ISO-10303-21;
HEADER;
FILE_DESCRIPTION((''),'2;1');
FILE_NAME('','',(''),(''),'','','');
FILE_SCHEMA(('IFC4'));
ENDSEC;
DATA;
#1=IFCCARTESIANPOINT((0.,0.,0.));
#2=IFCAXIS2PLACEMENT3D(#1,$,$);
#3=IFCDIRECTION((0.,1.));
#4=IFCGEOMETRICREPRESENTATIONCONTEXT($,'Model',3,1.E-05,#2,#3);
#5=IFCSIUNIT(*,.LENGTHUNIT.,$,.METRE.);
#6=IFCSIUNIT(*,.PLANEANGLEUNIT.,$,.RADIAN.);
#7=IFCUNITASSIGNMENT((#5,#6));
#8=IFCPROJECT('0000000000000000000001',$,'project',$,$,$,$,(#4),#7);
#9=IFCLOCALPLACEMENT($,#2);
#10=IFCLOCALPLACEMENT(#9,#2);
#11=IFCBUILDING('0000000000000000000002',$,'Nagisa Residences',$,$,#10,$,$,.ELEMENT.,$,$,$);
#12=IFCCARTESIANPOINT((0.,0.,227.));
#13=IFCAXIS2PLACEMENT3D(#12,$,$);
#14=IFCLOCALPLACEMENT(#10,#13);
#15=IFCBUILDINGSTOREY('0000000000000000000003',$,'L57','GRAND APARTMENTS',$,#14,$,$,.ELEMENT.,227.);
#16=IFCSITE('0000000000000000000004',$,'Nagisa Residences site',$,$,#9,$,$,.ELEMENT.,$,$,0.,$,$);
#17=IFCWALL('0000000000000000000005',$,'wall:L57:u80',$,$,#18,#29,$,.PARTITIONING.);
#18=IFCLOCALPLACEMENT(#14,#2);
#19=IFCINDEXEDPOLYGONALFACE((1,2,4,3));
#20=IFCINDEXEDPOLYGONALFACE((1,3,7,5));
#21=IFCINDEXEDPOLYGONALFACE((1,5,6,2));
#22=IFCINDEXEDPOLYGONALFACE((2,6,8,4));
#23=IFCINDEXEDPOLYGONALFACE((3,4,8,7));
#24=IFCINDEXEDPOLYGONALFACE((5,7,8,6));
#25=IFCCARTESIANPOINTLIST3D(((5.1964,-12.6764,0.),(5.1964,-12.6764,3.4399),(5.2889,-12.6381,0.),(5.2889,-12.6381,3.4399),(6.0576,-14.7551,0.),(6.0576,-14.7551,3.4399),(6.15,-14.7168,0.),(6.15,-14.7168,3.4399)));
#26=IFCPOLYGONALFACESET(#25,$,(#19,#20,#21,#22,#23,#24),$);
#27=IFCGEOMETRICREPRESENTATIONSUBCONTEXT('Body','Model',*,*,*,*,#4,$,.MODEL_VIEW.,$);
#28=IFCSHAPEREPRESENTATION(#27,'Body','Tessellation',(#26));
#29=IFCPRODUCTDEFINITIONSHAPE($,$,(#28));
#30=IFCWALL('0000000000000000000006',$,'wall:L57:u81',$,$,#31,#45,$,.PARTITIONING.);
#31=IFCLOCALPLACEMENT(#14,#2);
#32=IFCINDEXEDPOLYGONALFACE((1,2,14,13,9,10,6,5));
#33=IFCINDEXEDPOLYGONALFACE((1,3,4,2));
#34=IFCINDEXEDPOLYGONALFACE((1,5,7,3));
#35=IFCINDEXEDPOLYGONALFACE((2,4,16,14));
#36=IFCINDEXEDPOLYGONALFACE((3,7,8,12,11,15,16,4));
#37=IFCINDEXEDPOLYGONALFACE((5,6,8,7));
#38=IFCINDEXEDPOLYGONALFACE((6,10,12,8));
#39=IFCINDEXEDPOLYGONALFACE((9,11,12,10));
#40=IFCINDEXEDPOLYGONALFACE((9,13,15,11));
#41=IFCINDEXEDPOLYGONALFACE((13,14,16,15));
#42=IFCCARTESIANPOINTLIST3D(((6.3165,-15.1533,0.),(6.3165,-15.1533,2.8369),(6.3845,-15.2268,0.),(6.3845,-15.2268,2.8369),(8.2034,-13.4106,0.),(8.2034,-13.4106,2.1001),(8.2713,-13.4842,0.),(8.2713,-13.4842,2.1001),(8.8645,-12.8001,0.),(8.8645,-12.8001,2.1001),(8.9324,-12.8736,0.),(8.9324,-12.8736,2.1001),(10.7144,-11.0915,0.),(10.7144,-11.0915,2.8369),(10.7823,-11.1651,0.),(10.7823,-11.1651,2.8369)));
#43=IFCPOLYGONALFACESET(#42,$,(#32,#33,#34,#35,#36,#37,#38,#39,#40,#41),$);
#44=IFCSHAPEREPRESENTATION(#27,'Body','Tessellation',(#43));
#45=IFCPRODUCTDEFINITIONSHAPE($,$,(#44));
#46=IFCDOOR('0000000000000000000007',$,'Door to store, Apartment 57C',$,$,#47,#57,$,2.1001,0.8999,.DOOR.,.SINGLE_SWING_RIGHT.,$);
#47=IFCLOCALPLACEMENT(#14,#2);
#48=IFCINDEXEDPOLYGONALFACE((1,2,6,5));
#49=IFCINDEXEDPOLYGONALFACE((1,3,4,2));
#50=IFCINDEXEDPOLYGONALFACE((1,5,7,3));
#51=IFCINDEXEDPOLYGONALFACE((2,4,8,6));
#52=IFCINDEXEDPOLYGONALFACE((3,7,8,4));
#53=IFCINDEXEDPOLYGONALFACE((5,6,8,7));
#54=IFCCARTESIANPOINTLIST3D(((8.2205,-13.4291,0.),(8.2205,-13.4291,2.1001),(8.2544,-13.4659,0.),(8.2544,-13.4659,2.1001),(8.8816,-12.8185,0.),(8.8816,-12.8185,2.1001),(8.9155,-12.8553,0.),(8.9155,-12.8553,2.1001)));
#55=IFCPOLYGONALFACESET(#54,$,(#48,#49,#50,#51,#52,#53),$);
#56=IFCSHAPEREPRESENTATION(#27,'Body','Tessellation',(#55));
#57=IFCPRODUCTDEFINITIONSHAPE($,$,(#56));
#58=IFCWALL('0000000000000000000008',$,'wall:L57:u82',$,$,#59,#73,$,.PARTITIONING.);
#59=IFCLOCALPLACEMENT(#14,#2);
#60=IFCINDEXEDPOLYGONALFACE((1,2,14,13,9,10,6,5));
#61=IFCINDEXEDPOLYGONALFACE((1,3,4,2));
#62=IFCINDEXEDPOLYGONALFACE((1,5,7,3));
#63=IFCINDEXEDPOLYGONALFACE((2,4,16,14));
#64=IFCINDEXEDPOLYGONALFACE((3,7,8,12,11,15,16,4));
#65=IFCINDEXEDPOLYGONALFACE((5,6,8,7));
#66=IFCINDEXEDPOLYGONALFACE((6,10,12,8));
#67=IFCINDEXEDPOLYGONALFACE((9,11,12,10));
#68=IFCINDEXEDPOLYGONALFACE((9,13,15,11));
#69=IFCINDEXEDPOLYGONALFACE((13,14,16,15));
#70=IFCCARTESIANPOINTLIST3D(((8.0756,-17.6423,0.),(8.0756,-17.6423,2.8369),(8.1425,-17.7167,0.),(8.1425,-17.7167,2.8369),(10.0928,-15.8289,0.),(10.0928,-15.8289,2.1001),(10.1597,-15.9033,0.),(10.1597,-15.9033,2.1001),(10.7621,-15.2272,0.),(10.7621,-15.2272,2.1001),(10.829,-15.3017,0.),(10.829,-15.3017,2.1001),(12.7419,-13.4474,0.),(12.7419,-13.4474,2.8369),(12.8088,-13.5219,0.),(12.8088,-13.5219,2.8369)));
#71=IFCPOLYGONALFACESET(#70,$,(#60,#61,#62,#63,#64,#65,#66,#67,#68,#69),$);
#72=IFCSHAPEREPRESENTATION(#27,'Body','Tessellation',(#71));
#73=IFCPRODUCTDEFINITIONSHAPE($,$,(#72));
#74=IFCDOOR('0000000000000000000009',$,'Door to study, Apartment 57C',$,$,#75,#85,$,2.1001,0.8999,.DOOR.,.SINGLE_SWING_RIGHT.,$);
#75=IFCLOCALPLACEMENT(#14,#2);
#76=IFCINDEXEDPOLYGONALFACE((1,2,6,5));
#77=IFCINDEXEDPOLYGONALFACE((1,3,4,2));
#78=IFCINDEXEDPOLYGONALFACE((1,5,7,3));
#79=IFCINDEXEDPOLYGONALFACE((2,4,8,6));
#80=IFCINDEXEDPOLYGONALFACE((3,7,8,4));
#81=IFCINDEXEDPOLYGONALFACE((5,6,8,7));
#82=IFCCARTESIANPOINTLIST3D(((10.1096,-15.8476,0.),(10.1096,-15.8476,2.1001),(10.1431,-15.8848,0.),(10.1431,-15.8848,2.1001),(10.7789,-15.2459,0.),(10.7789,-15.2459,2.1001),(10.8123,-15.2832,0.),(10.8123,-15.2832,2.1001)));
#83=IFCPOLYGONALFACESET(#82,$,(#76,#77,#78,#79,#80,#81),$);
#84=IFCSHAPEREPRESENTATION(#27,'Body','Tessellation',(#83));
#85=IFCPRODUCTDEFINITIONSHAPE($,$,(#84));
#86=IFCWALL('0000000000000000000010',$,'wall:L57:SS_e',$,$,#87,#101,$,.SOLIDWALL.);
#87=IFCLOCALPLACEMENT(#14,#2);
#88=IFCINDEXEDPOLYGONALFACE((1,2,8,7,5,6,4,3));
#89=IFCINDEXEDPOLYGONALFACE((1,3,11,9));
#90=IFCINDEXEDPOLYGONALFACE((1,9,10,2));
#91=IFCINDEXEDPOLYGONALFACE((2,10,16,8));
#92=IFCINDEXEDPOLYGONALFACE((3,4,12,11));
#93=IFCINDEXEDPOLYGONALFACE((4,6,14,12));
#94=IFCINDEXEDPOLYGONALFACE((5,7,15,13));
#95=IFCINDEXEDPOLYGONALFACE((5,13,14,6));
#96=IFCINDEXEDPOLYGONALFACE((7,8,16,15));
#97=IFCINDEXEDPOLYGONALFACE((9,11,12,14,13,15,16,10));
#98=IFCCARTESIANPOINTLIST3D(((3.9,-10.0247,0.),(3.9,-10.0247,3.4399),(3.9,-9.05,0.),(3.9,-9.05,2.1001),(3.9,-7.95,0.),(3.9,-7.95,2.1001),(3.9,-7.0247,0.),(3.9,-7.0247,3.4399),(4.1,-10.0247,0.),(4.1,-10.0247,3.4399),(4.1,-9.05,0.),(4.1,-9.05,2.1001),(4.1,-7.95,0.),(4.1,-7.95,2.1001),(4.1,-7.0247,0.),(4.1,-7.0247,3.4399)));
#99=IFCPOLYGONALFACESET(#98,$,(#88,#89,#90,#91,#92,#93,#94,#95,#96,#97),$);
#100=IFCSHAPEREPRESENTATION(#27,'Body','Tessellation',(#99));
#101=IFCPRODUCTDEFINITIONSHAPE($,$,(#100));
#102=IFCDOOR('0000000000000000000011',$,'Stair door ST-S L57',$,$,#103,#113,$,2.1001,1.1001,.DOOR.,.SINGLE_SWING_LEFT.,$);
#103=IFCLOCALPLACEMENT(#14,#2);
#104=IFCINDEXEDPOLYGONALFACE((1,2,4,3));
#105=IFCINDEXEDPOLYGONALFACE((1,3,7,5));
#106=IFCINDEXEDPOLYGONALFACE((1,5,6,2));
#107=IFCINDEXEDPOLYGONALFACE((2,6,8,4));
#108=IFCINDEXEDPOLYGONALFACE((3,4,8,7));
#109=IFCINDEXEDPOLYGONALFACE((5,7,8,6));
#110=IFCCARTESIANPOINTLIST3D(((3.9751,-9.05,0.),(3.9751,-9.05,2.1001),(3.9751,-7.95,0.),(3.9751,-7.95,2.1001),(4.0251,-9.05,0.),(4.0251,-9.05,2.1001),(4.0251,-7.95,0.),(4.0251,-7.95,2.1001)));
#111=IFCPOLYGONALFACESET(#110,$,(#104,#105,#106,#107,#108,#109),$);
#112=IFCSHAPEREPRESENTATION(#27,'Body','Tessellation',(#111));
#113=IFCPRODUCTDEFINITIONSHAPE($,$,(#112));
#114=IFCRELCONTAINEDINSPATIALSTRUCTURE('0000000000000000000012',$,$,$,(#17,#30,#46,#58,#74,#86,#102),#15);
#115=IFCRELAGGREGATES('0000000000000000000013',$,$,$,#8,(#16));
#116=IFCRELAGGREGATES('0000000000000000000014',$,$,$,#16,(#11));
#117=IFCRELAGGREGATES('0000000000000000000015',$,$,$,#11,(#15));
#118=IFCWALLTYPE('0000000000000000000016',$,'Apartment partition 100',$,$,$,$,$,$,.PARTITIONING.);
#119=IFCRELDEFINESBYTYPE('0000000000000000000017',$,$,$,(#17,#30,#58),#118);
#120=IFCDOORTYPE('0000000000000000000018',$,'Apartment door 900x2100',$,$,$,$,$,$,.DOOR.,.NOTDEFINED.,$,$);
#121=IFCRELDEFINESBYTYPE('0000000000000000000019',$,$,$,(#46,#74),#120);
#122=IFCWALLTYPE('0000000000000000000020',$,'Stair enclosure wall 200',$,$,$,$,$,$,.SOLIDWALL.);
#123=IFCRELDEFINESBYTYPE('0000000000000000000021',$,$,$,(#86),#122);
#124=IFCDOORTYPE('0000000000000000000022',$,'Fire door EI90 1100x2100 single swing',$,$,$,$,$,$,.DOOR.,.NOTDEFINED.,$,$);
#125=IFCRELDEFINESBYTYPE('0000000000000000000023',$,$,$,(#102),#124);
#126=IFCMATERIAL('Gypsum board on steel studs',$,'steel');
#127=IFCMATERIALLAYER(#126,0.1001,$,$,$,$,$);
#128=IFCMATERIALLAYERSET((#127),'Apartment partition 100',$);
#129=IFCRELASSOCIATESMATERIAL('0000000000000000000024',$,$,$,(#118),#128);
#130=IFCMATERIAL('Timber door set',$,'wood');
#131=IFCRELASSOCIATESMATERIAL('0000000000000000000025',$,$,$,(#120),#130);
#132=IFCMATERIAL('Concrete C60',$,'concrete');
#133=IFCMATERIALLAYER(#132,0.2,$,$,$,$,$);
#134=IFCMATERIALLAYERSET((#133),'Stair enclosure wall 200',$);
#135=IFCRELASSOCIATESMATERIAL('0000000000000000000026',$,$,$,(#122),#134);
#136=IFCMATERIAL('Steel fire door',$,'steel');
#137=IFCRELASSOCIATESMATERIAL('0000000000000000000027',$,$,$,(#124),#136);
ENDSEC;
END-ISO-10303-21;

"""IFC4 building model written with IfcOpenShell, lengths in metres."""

from ifc_helpers import new_model, si_unit, direction, frame, frame_2d, origin, place, context, subcontext, project, spatial, rectangle, extrude, material, layer, layer_set, type_object, element, fill, save


model = new_model("IFC4")

# Units and contexts
model_context = context("Model", 3, precision=1e-05, world=origin(), true_north=direction((0.0, 1.0)))
body_context = subcontext(model_context, "Body", "Model", "MODEL_VIEW")
ifc_project = project(units=[si_unit("LENGTHUNIT", "METRE"), si_unit("PLANEANGLEUNIT", "RADIAN")], contexts=[model_context])

# Site, building, storey
site_placement = place(None, origin())
site = spatial("IfcSite", under=ifc_project, at=site_placement, Name="Nagisa Residences site", CompositionType="ELEMENT", RefElevation=0.0)
building_placement = place(site_placement, origin())
building = spatial("IfcBuilding", under=site, at=building_placement, Name="Nagisa Residences", CompositionType="ELEMENT")
storey_placement = place(building_placement, frame((0.0, 0.0, 227.0)))
storey = spatial("IfcBuildingStorey", under=building, at=storey_placement, Name="L57", Description="GRAND APARTMENTS", CompositionType="ELEMENT", Elevation=227.0)

# Shared definitions
ifc_material_1 = material(Name="Gypsum board on steel studs", Category="steel")
ifc_layer_1 = layer(ifc_material_1, 0.1001)
ifc_layer_set_1 = layer_set([ifc_layer_1], Name="Apartment partition 100")
wall_type_1 = type_object("IfcWallType", Name="Apartment partition 100", PredefinedType="PARTITIONING", material=ifc_layer_set_1)
ifc_material_2 = material(Name="Timber door set", Category="wood")
door_type_1 = type_object("IfcDoorType", Name="Apartment door 900x2100", OperationType="NOTDEFINED", PredefinedType="DOOR", material=ifc_material_2)

# Wall
wall_1_placement = place(storey_placement, frame((5.2427, -12.6572, 0.0), z_axis=(0.0, 0.0, 1.0), x_axis=(0.382719, -0.923865, 0.0)))
element("IfcWall", 1, at=wall_1_placement, inside=storey, type_object=wall_type_1, Name="wall:L57:u80", PredefinedType="PARTITIONING", context=body_context, shape_type="SweptSolid", body=[
    extrude(rectangle(XDim=2.25, YDim=0.1001, at=frame_2d((1.125, 0.0))), origin(), (0.0, 0.0, 1.0), 3.4399),
])

# Walls, openings, doors
wall_2_placement = place(storey_placement, frame((6.3506, -15.1899, 0.0), z_axis=(0.0, 0.0, 1.0), x_axis=(0.734627, 0.678471, 0.0)))
wall_2 = element("IfcWall", 2, at=wall_2_placement, inside=storey, type_object=wall_type_1, Name="wall:L57:u81", PredefinedType="PARTITIONING", context=body_context, shape_type="SweptSolid", body=[
    extrude(rectangle(XDim=5.9866, YDim=0.1001, at=frame_2d((2.9932, 0.0))), origin(), (0.0, 0.0, 1.0), 2.8369),
])
opening_1_placement = place(wall_2_placement, frame((2.5684, 0.0, 0.0)))
opening_1 = element("IfcOpeningElement", 3, at=opening_1_placement, cuts=wall_2, PredefinedType="OPENING", context=body_context, shape_type="SweptSolid", body=[
    extrude(rectangle(XDim=0.8999, YDim=2.1001, at=frame_2d((0.45, 1.05))), frame((0.0, 0.0601, 0.0), z_axis=(0.0, -1.0, 0.0), x_axis=(1.0, 0.0, 0.0)), (0.0, 0.0, 1.0), 0.1201),
])
door_1_placement = place(opening_1_placement, origin())
door_1 = element("IfcDoor", 4, at=door_1_placement, inside=storey, type_object=door_type_1, Name="Door to store, Apartment 57C", OperationType="SINGLE_SWING_RIGHT", OverallHeight=2.1001, OverallWidth=0.8999, PredefinedType="DOOR", context=body_context, shape_type="SweptSolid", body=[
    extrude(rectangle(XDim=0.8999, YDim=2.1001, at=frame_2d((0.45, 1.05))), frame((0.0, 0.0249, 0.0), z_axis=(0.0, -1.0, 0.0), x_axis=(1.0, 0.0, 0.0)), (0.0, 0.0, 1.0), 0.05),
])
fill(opening_1, door_1)
wall_3_placement = place(storey_placement, frame((8.1091, -17.6794, 0.0), z_axis=(0.0, 0.0, 1.0), x_axis=(0.743675, 0.668541, 0.0)))
wall_3 = element("IfcWall", 5, at=wall_3_placement, inside=storey, type_object=wall_type_1, Name="wall:L57:u82", PredefinedType="PARTITIONING", context=body_context, shape_type="SweptSolid", body=[
    extrude(rectangle(XDim=6.2747, YDim=0.1001, at=frame_2d((3.1372, 0.0))), origin(), (0.0, 0.0, 1.0), 2.8369),
])
opening_2_placement = place(wall_3_placement, frame((2.7124, 0.0, 0.0)))
opening_2 = element("IfcOpeningElement", 6, at=opening_2_placement, cuts=wall_3, PredefinedType="OPENING", context=body_context, shape_type="SweptSolid", body=[
    extrude(rectangle(XDim=0.8999, YDim=2.1001, at=frame_2d((0.45, 1.05))), frame((0.0, 0.0601, 0.0), z_axis=(0.0, -1.0, 0.0), x_axis=(1.0, 0.0, 0.0)), (0.0, 0.0, 1.0), 0.1201),
])
door_2_placement = place(opening_2_placement, origin())
door_2 = element("IfcDoor", 7, at=door_2_placement, inside=storey, type_object=door_type_1, Name="Door to study, Apartment 57C", OperationType="SINGLE_SWING_RIGHT", OverallHeight=2.1001, OverallWidth=0.8999, PredefinedType="DOOR", context=body_context, shape_type="SweptSolid", body=[
    extrude(rectangle(XDim=0.8999, YDim=2.1001, at=frame_2d((0.45, 1.05))), frame((0.0, 0.0249, 0.0), z_axis=(0.0, -1.0, 0.0), x_axis=(1.0, 0.0, 0.0)), (0.0, 0.0, 1.0), 0.05),
])
fill(opening_2, door_2)
ifc_material_3 = material(Name="Concrete C60", Category="concrete")
ifc_layer_2 = layer(ifc_material_3, 0.2)
ifc_layer_set_2 = layer_set([ifc_layer_2], Name="Stair enclosure wall 200")
wall_type_2 = type_object("IfcWallType", Name="Stair enclosure wall 200", PredefinedType="SOLIDWALL", material=ifc_layer_set_2)
wall_4_placement = place(storey_placement, frame((4.0, -10.0247, 0.0), z_axis=(0.0, 0.0, 1.0), x_axis=(0.0, 1.0, 0.0)))
wall_4 = element("IfcWall", 8, at=wall_4_placement, inside=storey, type_object=wall_type_2, Name="wall:L57:SS_e", PredefinedType="SOLIDWALL", context=body_context, shape_type="SweptSolid", body=[
    extrude(rectangle(XDim=3.0, YDim=0.2, at=frame_2d((1.5, 0.0))), origin(), (0.0, 0.0, 1.0), 3.4399),
])
opening_3_placement = place(wall_4_placement, frame((0.9746, 0.0, 0.0)))
opening_3 = element("IfcOpeningElement", 9, at=opening_3_placement, cuts=wall_4, PredefinedType="OPENING", context=body_context, shape_type="SweptSolid", body=[
    extrude(rectangle(XDim=1.1001, YDim=2.1001, at=frame_2d((0.55, 1.05))), frame((0.0, 0.1099, 0.0), z_axis=(0.0, -1.0, 0.0), x_axis=(1.0, 0.0, 0.0)), (0.0, 0.0, 1.0), 0.22),
])
ifc_material_4 = material(Name="Steel fire door", Category="steel")
door_type_2 = type_object("IfcDoorType", Name="Fire door EI90 1100x2100 single swing", OperationType="NOTDEFINED", PredefinedType="DOOR", material=ifc_material_4)
door_3_placement = place(opening_3_placement, origin())
door_3 = element("IfcDoor", 10, at=door_3_placement, inside=storey, type_object=door_type_2, Name="Stair door ST-S L57", OperationType="SINGLE_SWING_LEFT", OverallHeight=2.1001, OverallWidth=1.1001, PredefinedType="DOOR", context=body_context, shape_type="SweptSolid", body=[
    extrude(rectangle(XDim=1.1001, YDim=2.1001, at=frame_2d((0.55, 1.05))), frame((0.0, 0.0249, 0.0), z_axis=(0.0, -1.0, 0.0), x_axis=(1.0, 0.0, 0.0)), (0.0, 0.0, 1.0), 0.05),
])
fill(opening_3, door_3)

save(model, "model.ifc")
